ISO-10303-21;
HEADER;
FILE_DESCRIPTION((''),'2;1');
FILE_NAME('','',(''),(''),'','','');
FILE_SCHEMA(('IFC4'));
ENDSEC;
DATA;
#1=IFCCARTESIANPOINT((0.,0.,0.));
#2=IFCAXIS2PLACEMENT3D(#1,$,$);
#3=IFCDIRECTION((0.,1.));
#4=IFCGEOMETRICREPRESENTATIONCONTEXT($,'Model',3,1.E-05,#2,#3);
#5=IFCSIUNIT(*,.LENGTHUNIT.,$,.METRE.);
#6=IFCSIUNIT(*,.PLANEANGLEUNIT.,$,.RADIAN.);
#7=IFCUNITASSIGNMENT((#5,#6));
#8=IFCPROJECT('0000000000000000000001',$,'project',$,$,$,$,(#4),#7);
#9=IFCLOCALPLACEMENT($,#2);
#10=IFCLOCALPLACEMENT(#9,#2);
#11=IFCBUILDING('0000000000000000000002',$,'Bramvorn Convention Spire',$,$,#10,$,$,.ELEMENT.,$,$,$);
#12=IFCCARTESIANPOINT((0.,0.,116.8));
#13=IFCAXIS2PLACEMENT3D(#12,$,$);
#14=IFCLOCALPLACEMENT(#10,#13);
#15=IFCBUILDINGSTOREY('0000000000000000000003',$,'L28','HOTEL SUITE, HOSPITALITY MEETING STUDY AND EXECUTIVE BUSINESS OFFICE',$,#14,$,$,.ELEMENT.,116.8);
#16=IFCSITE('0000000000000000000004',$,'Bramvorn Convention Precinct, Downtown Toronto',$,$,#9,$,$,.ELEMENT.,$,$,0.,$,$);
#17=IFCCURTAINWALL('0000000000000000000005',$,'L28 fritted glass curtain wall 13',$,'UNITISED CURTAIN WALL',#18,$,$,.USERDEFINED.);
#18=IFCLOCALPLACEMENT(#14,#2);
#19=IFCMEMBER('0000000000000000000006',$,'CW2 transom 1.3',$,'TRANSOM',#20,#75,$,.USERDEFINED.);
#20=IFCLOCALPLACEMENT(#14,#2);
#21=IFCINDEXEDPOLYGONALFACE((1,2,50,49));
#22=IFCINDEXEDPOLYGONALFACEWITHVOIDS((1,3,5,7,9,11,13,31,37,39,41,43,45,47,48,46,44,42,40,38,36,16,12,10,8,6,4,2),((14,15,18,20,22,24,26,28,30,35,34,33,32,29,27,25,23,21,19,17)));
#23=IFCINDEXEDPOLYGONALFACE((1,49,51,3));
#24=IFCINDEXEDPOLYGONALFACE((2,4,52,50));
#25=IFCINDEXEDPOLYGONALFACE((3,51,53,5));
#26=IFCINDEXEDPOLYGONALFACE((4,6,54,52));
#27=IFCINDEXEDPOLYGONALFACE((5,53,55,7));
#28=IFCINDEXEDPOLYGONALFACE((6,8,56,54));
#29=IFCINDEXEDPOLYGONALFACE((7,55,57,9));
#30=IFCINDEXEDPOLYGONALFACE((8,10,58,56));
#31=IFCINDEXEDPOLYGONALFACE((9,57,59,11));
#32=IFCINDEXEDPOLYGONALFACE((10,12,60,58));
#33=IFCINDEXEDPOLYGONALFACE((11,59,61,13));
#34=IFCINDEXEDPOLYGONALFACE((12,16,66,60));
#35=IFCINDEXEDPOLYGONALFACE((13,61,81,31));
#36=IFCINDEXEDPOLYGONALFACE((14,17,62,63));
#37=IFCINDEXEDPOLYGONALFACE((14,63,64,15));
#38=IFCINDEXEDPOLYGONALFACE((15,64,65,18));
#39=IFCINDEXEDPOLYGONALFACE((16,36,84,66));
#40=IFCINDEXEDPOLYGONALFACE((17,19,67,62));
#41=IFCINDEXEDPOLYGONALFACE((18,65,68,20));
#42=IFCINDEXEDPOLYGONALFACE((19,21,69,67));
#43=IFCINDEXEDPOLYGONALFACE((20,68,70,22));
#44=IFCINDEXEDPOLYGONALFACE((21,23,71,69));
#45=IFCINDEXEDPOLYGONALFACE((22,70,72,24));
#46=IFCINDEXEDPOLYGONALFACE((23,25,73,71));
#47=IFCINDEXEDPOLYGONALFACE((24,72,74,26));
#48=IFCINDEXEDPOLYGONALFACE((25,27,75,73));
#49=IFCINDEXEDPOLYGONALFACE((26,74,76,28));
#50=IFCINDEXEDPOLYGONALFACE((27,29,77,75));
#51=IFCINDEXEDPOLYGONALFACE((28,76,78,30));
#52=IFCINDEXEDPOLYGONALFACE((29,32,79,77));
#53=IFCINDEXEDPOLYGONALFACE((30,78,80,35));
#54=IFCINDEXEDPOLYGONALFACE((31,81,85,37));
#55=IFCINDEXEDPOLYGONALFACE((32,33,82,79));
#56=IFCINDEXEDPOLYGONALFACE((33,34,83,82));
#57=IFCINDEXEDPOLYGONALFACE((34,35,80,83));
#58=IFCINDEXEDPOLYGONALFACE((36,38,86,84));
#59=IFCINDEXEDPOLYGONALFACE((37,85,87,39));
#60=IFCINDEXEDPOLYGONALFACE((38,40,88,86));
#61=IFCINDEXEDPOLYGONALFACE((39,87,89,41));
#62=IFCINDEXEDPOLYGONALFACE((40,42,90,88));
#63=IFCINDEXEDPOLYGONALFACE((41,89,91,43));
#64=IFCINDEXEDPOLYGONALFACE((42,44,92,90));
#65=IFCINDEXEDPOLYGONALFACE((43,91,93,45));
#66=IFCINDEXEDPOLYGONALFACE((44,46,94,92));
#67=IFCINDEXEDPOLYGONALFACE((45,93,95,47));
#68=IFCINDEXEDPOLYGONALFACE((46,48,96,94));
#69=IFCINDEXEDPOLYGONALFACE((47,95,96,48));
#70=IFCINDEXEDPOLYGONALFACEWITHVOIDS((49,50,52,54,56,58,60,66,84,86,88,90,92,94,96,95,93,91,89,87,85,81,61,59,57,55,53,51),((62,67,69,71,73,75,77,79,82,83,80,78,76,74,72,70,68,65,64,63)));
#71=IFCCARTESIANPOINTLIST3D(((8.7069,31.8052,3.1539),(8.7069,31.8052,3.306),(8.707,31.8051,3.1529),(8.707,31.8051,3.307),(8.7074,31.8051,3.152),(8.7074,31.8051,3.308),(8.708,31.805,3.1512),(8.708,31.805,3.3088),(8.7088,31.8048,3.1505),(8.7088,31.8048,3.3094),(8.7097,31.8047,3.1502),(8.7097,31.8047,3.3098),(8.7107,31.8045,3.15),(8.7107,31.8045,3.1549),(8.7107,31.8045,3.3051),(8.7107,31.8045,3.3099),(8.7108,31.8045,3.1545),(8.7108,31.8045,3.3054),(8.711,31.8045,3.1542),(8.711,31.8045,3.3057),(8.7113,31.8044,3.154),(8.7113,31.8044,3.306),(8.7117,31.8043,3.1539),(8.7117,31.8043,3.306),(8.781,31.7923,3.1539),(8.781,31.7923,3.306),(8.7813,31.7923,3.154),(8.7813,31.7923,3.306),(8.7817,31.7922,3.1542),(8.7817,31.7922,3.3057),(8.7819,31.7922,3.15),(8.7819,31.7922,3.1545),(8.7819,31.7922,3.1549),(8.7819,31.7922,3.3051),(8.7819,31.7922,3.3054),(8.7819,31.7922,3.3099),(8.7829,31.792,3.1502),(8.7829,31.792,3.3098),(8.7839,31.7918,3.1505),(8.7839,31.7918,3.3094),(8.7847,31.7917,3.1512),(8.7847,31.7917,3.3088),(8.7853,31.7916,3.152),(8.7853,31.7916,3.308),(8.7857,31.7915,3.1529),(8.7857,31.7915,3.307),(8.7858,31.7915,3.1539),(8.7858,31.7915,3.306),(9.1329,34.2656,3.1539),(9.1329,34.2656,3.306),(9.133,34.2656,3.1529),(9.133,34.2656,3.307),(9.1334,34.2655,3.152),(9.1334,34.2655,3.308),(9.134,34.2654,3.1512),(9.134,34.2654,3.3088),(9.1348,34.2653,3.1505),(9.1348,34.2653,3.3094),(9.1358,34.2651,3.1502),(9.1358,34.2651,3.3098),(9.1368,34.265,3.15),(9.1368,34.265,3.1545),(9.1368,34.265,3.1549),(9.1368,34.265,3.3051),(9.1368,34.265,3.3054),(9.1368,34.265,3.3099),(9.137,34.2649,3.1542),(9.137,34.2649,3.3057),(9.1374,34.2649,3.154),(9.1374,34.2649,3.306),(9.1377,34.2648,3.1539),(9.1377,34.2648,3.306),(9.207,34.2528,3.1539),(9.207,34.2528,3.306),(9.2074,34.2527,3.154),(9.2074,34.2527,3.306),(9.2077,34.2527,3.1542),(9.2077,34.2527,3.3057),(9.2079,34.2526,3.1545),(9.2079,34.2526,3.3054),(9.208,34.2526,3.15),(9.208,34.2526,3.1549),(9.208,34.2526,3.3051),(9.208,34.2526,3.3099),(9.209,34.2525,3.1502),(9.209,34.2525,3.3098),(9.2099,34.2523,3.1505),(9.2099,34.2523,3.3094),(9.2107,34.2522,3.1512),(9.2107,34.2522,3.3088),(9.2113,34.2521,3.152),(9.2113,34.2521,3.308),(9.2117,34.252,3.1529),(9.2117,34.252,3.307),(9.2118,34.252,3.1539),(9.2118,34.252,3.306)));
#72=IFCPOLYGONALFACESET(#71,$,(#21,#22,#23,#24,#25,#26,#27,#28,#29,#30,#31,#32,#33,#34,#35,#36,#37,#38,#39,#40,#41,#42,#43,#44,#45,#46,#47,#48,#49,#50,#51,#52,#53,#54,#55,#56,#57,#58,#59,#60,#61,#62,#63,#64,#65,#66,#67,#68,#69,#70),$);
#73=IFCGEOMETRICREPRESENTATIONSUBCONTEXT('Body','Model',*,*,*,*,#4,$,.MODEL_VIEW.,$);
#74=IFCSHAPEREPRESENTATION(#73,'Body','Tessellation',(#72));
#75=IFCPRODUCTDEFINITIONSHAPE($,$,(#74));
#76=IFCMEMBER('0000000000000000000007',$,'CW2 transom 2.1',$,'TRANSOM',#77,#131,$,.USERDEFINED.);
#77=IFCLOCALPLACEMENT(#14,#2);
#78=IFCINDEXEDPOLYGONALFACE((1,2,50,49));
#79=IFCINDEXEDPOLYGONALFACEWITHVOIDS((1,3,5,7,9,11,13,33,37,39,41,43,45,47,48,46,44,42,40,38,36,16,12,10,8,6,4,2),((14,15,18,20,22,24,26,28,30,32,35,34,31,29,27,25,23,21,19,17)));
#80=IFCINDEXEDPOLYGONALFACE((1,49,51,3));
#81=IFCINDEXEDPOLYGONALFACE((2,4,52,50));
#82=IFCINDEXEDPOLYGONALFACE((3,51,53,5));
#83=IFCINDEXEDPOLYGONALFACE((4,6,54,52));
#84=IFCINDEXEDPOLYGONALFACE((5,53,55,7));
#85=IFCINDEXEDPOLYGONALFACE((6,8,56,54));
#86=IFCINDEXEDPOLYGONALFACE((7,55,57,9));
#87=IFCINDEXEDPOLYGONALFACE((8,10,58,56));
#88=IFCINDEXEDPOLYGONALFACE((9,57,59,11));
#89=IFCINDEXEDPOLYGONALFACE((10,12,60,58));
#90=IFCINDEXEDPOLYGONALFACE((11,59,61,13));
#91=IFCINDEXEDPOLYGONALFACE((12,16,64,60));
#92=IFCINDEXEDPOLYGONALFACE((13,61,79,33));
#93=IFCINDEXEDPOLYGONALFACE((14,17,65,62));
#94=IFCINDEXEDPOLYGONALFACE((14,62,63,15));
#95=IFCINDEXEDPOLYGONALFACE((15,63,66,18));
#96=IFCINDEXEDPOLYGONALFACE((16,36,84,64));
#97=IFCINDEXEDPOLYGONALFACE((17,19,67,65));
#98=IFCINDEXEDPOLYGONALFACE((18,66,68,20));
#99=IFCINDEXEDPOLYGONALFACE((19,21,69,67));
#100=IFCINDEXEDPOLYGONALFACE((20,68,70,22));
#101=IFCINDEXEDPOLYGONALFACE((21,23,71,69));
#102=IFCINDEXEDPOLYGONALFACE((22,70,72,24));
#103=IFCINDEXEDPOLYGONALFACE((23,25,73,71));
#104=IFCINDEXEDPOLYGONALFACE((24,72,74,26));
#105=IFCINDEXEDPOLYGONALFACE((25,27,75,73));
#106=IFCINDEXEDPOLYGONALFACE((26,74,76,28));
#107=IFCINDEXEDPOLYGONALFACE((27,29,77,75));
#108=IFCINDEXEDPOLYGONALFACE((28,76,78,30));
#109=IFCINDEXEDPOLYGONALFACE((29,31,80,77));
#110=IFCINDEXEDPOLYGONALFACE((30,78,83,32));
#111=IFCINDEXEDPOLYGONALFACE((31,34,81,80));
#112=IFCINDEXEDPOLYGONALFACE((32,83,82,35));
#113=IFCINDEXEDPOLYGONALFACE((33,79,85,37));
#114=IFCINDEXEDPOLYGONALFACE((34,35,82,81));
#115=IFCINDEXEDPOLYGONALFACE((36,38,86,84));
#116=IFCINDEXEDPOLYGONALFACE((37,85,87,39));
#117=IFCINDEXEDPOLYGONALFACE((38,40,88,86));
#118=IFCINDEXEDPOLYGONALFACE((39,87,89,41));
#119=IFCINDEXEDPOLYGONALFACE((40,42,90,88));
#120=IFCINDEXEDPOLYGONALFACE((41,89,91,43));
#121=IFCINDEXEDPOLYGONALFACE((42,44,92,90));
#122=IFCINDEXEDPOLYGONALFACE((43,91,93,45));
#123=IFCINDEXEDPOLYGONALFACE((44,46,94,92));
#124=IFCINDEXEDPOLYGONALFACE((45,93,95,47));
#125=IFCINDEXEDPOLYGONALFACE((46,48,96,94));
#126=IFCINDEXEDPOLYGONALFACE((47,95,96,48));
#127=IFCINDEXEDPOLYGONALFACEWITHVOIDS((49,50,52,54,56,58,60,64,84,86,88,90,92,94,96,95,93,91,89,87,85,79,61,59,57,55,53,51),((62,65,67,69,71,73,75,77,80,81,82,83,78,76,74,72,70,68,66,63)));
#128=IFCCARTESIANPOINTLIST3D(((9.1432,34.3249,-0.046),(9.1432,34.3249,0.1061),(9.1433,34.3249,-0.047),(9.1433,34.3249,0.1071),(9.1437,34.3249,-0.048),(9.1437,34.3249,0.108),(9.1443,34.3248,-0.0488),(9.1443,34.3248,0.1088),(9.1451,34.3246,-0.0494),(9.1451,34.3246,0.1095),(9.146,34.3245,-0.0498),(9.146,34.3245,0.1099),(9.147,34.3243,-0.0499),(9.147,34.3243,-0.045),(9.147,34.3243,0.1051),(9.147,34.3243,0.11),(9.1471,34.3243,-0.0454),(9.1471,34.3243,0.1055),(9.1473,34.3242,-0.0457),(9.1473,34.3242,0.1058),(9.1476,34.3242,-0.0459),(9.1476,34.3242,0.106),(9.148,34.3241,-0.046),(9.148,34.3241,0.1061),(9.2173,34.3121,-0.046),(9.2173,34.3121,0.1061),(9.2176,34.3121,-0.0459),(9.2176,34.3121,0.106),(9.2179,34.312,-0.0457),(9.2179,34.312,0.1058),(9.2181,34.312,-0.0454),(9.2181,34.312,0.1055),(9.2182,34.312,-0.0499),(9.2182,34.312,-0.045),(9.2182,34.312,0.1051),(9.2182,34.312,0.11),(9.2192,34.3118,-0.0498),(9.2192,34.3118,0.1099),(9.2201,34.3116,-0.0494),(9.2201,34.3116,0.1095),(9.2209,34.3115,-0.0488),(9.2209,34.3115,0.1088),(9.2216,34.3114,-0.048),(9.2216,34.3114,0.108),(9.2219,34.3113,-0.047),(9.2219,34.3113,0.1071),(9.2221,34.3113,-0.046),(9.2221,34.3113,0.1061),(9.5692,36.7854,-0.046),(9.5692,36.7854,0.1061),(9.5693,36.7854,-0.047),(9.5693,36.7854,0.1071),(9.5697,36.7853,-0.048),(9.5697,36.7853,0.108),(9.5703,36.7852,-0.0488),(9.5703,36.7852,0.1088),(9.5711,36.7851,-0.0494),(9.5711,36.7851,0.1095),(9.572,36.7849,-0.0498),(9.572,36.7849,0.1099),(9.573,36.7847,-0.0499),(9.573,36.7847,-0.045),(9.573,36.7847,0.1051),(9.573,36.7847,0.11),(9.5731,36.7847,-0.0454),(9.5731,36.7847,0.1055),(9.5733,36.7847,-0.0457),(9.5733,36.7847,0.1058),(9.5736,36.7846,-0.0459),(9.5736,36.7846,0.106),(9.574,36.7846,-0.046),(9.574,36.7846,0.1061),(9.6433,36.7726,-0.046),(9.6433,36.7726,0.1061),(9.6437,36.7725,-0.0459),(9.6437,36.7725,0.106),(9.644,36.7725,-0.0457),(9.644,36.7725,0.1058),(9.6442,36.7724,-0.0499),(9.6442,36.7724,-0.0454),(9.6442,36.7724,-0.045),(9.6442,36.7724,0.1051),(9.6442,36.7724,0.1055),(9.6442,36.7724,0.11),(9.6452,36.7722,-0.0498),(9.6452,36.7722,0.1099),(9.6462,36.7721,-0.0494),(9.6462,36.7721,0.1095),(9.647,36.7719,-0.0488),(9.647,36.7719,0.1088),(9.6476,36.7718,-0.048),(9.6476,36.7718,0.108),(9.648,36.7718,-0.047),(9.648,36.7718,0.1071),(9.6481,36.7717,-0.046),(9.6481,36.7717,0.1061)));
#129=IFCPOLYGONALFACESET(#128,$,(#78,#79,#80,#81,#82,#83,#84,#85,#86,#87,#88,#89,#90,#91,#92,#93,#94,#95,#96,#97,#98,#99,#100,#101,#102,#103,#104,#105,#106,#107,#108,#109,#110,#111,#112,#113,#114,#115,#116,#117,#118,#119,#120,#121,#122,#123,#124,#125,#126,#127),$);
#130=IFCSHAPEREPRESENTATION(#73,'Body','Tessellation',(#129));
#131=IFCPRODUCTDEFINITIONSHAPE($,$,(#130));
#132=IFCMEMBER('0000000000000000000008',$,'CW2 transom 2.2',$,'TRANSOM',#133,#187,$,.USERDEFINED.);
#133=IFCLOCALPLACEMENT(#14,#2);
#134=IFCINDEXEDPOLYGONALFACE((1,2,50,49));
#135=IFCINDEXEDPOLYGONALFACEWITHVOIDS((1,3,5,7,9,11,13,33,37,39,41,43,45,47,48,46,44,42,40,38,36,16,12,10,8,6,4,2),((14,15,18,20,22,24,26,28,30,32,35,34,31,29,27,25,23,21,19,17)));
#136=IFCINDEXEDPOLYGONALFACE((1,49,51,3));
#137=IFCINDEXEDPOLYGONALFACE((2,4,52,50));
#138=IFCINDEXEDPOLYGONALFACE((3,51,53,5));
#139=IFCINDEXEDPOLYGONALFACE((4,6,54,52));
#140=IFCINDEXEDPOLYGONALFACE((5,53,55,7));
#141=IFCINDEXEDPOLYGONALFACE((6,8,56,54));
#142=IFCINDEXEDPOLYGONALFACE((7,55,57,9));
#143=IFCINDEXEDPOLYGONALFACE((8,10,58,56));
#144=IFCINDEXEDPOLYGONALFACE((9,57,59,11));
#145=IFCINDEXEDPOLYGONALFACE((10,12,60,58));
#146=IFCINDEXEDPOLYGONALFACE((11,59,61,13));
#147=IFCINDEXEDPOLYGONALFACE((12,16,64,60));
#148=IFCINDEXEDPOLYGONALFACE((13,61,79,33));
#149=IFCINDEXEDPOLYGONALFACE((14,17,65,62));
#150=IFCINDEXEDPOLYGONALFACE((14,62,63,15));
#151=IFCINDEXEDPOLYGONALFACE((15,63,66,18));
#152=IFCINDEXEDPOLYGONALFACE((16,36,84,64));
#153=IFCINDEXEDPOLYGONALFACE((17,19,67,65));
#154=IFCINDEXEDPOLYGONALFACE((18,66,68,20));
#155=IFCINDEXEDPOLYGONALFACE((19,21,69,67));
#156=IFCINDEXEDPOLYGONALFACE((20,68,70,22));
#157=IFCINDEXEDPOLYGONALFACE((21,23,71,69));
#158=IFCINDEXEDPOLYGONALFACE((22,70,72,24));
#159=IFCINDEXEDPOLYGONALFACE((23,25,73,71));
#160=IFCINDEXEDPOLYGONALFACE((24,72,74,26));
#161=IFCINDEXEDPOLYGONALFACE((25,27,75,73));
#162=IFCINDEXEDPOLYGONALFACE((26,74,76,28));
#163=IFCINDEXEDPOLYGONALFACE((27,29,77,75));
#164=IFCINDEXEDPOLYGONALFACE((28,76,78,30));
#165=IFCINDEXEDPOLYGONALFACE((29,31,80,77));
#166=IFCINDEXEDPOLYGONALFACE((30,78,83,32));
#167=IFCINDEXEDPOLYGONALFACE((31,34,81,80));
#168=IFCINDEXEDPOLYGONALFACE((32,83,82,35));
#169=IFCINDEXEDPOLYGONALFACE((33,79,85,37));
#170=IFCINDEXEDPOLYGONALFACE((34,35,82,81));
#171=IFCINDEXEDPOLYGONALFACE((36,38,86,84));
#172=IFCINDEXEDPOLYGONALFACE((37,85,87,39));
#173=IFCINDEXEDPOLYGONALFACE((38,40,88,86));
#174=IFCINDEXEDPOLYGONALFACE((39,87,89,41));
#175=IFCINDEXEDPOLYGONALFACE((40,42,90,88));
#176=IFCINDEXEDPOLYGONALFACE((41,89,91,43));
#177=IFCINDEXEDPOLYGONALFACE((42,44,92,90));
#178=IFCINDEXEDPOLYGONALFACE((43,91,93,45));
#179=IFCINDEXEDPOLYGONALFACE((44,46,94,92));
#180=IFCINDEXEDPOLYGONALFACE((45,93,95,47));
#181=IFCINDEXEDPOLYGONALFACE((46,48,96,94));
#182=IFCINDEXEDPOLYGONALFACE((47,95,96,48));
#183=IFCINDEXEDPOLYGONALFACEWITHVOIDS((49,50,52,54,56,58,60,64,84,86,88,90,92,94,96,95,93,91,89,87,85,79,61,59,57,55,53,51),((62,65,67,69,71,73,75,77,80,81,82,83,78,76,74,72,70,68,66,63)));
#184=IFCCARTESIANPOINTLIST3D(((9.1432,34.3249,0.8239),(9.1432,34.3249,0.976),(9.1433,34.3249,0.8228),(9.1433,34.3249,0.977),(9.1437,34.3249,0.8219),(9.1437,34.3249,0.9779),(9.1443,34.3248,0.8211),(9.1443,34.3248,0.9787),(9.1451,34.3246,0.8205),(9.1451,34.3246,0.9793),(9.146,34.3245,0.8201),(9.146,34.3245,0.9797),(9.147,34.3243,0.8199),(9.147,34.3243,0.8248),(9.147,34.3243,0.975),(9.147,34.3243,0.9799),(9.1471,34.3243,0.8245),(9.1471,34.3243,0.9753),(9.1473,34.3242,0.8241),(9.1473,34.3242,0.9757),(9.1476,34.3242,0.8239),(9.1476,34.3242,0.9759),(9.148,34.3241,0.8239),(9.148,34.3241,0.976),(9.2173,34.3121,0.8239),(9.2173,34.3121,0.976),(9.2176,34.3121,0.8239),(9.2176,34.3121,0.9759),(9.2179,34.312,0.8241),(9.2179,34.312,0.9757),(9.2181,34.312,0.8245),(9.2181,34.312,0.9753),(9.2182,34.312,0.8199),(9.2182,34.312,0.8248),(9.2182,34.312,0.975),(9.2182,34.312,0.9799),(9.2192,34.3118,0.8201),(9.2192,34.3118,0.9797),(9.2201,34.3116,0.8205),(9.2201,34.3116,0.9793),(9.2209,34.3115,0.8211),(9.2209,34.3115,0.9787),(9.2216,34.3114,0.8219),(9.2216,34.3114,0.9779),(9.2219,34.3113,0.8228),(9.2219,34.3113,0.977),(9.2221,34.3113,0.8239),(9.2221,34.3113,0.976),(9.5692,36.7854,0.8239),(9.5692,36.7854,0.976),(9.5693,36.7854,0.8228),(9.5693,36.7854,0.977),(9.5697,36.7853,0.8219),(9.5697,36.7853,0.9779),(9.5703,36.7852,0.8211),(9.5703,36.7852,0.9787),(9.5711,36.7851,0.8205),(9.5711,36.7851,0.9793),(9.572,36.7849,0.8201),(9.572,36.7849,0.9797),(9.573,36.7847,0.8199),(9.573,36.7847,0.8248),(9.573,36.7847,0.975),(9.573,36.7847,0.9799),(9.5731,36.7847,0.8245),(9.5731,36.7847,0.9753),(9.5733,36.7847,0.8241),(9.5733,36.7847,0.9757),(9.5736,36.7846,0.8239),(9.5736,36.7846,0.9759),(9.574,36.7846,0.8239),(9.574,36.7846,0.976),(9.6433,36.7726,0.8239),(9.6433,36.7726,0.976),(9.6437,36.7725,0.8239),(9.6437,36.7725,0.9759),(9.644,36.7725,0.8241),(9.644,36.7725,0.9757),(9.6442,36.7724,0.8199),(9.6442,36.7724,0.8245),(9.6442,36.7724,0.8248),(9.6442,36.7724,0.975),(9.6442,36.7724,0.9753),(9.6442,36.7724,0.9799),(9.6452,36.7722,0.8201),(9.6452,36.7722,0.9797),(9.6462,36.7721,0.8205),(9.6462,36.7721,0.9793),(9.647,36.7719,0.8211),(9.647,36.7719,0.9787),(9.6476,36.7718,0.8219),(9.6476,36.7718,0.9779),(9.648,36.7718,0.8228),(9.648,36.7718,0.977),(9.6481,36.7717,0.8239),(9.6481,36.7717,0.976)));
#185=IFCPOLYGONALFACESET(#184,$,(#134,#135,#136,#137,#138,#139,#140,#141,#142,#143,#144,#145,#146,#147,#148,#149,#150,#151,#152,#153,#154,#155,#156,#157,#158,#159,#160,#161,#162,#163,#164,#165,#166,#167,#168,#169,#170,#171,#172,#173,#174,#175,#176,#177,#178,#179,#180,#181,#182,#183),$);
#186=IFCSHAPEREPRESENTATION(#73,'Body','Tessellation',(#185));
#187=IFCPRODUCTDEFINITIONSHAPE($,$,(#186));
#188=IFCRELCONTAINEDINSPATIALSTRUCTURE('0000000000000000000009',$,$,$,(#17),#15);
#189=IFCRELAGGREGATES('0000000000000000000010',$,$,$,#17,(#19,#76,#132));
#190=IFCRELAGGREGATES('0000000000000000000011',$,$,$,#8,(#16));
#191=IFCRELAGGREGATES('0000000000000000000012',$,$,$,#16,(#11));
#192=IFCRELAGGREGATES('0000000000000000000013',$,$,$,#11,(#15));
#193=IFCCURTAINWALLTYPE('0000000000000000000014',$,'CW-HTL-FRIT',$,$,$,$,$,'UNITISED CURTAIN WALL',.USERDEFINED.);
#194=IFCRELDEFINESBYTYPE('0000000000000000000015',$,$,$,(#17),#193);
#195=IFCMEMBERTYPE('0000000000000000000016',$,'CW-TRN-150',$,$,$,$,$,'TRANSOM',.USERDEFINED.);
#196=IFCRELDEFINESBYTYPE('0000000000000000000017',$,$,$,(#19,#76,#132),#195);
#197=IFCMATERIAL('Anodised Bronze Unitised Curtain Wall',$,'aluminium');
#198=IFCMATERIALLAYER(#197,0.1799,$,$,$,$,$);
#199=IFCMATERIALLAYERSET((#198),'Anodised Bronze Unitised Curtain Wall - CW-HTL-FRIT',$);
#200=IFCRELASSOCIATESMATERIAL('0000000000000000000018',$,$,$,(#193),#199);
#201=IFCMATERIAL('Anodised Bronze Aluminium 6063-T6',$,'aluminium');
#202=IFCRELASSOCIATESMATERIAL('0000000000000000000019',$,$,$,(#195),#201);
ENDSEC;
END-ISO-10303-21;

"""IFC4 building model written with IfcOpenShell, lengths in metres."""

from ifc_helpers import new_model, si_unit, direction, frame, origin, origin_2d, place, context, subcontext, project, spatial, hollow_rectangle, extrude, material, layer, layer_set, material_profile, profile_set, type_object, element, aggregate, save


model = new_model("IFC4")

# Units and contexts
model_context = context("Model", 3, precision=1e-05, world=origin(), true_north=direction((0.0, 1.0)))
body_context = subcontext(model_context, "Body", "Model", "MODEL_VIEW")
ifc_project = project(units=[si_unit("LENGTHUNIT", "METRE"), si_unit("PLANEANGLEUNIT", "RADIAN")], contexts=[model_context])

# Site, building, storey
site_placement = place(None, origin())
site = spatial("IfcSite", under=ifc_project, at=site_placement, Name="Bramvorn Convention Precinct, Downtown Toronto", CompositionType="ELEMENT", RefElevation=0.0)
building_placement = place(site_placement, origin())
building = spatial("IfcBuilding", under=site, at=building_placement, Name="Bramvorn Convention Spire", CompositionType="ELEMENT")
storey_placement = place(building_placement, frame((0.0, 0.0, 116.8)))
storey = spatial("IfcBuildingStorey", under=building, at=storey_placement, Name="L28", Description="HOTEL SUITE, HOSPITALITY MEETING STUDY AND EXECUTIVE BUSINESS OFFICE", CompositionType="ELEMENT", Elevation=116.8)

# Curtain wall
ifc_material_1 = material(Name="Anodised Bronze Unitised Curtain Wall", Category="aluminium")
ifc_layer_1 = layer(ifc_material_1, 0.1799)
ifc_layer_set_1 = layer_set([ifc_layer_1], Name="Anodised Bronze Unitised Curtain Wall - CW-HTL-FRIT")
curtain_wall_type = type_object("IfcCurtainWallType", Name="CW-HTL-FRIT", ElementType="UNITISED CURTAIN WALL", PredefinedType="USERDEFINED", material=ifc_layer_set_1)
ifc_material_2 = material(Name="Anodised Bronze Aluminium 6063-T6", Category="aluminium")
curtain_wall_1_placement = place(storey_placement, origin())
curtain_wall_1 = element("IfcCurtainWall", 1, at=curtain_wall_1_placement, inside=storey, type_object=curtain_wall_type, Name="L28 fritted glass curtain wall 13", ObjectType="UNITISED CURTAIN WALL", PredefinedType="USERDEFINED")

# Members
ifc_material_profile_1 = material_profile(ifc_material_2, hollow_rectangle(XDim=0.0801, YDim=0.1599, WallThickness=0.0039, InnerFilletRadius=0.001, OuterFilletRadius=0.0039, at=origin_2d()))
ifc_profile_set_1 = profile_set([ifc_material_profile_1], Name="Anodised Bronze Aluminium 6063-T6 - CWT80X160")
member_type_1 = type_object("IfcMemberType", Name="CW-TRN-150", ElementType="TRANSOM", PredefinedType="USERDEFINED", material=ifc_profile_set_1)
member_1_placement = place(storey_placement, frame((8.7463, 31.7983, 3.23), z_axis=(0.170611, 0.985338, 0.0), x_axis=(-0.985338, 0.170611, 0.0)))
member_1 = element("IfcMember", 2, at=member_1_placement, type_object=member_type_1, Name="CW2 transom 1.3", ObjectType="TRANSOM", PredefinedType="USERDEFINED", context=body_context, shape_type="SweptSolid", body=[
    extrude(hollow_rectangle(XDim=0.0801, YDim=0.1599, WallThickness=0.0039, InnerFilletRadius=0.001, OuterFilletRadius=0.0039, at=origin_2d()), origin(), (0.0, 0.0, 1.0), 2.4971),
])
member_2_placement = place(storey_placement, frame((9.1826, 34.3181, 0.03), z_axis=(0.170611, 0.985338, 0.0), x_axis=(-0.985338, 0.170611, 0.0)))
member_2 = element("IfcMember", 3, at=member_2_placement, type_object=member_type_1, Name="CW2 transom 2.1", ObjectType="TRANSOM", PredefinedType="USERDEFINED", context=body_context, shape_type="SweptSolid", body=[
    extrude(hollow_rectangle(XDim=0.0801, YDim=0.1599, WallThickness=0.0039, InnerFilletRadius=0.001, OuterFilletRadius=0.0039, at=origin_2d()), origin(), (0.0, 0.0, 1.0), 2.4971),
])
member_3_placement = place(storey_placement, frame((9.1826, 34.3181, 0.8999), z_axis=(0.170611, 0.985338, 0.0), x_axis=(-0.985338, 0.170611, 0.0)))
member_3 = element("IfcMember", 4, at=member_3_placement, type_object=member_type_1, Name="CW2 transom 2.2", ObjectType="TRANSOM", PredefinedType="USERDEFINED", context=body_context, shape_type="SweptSolid", body=[
    extrude(hollow_rectangle(XDim=0.0801, YDim=0.1599, WallThickness=0.0039, InnerFilletRadius=0.001, OuterFilletRadius=0.0039, at=origin_2d()), origin(), (0.0, 0.0, 1.0), 2.4971),
])

aggregate(curtain_wall_1, [member_1, member_2, member_3])

save(model, "model.ifc")
